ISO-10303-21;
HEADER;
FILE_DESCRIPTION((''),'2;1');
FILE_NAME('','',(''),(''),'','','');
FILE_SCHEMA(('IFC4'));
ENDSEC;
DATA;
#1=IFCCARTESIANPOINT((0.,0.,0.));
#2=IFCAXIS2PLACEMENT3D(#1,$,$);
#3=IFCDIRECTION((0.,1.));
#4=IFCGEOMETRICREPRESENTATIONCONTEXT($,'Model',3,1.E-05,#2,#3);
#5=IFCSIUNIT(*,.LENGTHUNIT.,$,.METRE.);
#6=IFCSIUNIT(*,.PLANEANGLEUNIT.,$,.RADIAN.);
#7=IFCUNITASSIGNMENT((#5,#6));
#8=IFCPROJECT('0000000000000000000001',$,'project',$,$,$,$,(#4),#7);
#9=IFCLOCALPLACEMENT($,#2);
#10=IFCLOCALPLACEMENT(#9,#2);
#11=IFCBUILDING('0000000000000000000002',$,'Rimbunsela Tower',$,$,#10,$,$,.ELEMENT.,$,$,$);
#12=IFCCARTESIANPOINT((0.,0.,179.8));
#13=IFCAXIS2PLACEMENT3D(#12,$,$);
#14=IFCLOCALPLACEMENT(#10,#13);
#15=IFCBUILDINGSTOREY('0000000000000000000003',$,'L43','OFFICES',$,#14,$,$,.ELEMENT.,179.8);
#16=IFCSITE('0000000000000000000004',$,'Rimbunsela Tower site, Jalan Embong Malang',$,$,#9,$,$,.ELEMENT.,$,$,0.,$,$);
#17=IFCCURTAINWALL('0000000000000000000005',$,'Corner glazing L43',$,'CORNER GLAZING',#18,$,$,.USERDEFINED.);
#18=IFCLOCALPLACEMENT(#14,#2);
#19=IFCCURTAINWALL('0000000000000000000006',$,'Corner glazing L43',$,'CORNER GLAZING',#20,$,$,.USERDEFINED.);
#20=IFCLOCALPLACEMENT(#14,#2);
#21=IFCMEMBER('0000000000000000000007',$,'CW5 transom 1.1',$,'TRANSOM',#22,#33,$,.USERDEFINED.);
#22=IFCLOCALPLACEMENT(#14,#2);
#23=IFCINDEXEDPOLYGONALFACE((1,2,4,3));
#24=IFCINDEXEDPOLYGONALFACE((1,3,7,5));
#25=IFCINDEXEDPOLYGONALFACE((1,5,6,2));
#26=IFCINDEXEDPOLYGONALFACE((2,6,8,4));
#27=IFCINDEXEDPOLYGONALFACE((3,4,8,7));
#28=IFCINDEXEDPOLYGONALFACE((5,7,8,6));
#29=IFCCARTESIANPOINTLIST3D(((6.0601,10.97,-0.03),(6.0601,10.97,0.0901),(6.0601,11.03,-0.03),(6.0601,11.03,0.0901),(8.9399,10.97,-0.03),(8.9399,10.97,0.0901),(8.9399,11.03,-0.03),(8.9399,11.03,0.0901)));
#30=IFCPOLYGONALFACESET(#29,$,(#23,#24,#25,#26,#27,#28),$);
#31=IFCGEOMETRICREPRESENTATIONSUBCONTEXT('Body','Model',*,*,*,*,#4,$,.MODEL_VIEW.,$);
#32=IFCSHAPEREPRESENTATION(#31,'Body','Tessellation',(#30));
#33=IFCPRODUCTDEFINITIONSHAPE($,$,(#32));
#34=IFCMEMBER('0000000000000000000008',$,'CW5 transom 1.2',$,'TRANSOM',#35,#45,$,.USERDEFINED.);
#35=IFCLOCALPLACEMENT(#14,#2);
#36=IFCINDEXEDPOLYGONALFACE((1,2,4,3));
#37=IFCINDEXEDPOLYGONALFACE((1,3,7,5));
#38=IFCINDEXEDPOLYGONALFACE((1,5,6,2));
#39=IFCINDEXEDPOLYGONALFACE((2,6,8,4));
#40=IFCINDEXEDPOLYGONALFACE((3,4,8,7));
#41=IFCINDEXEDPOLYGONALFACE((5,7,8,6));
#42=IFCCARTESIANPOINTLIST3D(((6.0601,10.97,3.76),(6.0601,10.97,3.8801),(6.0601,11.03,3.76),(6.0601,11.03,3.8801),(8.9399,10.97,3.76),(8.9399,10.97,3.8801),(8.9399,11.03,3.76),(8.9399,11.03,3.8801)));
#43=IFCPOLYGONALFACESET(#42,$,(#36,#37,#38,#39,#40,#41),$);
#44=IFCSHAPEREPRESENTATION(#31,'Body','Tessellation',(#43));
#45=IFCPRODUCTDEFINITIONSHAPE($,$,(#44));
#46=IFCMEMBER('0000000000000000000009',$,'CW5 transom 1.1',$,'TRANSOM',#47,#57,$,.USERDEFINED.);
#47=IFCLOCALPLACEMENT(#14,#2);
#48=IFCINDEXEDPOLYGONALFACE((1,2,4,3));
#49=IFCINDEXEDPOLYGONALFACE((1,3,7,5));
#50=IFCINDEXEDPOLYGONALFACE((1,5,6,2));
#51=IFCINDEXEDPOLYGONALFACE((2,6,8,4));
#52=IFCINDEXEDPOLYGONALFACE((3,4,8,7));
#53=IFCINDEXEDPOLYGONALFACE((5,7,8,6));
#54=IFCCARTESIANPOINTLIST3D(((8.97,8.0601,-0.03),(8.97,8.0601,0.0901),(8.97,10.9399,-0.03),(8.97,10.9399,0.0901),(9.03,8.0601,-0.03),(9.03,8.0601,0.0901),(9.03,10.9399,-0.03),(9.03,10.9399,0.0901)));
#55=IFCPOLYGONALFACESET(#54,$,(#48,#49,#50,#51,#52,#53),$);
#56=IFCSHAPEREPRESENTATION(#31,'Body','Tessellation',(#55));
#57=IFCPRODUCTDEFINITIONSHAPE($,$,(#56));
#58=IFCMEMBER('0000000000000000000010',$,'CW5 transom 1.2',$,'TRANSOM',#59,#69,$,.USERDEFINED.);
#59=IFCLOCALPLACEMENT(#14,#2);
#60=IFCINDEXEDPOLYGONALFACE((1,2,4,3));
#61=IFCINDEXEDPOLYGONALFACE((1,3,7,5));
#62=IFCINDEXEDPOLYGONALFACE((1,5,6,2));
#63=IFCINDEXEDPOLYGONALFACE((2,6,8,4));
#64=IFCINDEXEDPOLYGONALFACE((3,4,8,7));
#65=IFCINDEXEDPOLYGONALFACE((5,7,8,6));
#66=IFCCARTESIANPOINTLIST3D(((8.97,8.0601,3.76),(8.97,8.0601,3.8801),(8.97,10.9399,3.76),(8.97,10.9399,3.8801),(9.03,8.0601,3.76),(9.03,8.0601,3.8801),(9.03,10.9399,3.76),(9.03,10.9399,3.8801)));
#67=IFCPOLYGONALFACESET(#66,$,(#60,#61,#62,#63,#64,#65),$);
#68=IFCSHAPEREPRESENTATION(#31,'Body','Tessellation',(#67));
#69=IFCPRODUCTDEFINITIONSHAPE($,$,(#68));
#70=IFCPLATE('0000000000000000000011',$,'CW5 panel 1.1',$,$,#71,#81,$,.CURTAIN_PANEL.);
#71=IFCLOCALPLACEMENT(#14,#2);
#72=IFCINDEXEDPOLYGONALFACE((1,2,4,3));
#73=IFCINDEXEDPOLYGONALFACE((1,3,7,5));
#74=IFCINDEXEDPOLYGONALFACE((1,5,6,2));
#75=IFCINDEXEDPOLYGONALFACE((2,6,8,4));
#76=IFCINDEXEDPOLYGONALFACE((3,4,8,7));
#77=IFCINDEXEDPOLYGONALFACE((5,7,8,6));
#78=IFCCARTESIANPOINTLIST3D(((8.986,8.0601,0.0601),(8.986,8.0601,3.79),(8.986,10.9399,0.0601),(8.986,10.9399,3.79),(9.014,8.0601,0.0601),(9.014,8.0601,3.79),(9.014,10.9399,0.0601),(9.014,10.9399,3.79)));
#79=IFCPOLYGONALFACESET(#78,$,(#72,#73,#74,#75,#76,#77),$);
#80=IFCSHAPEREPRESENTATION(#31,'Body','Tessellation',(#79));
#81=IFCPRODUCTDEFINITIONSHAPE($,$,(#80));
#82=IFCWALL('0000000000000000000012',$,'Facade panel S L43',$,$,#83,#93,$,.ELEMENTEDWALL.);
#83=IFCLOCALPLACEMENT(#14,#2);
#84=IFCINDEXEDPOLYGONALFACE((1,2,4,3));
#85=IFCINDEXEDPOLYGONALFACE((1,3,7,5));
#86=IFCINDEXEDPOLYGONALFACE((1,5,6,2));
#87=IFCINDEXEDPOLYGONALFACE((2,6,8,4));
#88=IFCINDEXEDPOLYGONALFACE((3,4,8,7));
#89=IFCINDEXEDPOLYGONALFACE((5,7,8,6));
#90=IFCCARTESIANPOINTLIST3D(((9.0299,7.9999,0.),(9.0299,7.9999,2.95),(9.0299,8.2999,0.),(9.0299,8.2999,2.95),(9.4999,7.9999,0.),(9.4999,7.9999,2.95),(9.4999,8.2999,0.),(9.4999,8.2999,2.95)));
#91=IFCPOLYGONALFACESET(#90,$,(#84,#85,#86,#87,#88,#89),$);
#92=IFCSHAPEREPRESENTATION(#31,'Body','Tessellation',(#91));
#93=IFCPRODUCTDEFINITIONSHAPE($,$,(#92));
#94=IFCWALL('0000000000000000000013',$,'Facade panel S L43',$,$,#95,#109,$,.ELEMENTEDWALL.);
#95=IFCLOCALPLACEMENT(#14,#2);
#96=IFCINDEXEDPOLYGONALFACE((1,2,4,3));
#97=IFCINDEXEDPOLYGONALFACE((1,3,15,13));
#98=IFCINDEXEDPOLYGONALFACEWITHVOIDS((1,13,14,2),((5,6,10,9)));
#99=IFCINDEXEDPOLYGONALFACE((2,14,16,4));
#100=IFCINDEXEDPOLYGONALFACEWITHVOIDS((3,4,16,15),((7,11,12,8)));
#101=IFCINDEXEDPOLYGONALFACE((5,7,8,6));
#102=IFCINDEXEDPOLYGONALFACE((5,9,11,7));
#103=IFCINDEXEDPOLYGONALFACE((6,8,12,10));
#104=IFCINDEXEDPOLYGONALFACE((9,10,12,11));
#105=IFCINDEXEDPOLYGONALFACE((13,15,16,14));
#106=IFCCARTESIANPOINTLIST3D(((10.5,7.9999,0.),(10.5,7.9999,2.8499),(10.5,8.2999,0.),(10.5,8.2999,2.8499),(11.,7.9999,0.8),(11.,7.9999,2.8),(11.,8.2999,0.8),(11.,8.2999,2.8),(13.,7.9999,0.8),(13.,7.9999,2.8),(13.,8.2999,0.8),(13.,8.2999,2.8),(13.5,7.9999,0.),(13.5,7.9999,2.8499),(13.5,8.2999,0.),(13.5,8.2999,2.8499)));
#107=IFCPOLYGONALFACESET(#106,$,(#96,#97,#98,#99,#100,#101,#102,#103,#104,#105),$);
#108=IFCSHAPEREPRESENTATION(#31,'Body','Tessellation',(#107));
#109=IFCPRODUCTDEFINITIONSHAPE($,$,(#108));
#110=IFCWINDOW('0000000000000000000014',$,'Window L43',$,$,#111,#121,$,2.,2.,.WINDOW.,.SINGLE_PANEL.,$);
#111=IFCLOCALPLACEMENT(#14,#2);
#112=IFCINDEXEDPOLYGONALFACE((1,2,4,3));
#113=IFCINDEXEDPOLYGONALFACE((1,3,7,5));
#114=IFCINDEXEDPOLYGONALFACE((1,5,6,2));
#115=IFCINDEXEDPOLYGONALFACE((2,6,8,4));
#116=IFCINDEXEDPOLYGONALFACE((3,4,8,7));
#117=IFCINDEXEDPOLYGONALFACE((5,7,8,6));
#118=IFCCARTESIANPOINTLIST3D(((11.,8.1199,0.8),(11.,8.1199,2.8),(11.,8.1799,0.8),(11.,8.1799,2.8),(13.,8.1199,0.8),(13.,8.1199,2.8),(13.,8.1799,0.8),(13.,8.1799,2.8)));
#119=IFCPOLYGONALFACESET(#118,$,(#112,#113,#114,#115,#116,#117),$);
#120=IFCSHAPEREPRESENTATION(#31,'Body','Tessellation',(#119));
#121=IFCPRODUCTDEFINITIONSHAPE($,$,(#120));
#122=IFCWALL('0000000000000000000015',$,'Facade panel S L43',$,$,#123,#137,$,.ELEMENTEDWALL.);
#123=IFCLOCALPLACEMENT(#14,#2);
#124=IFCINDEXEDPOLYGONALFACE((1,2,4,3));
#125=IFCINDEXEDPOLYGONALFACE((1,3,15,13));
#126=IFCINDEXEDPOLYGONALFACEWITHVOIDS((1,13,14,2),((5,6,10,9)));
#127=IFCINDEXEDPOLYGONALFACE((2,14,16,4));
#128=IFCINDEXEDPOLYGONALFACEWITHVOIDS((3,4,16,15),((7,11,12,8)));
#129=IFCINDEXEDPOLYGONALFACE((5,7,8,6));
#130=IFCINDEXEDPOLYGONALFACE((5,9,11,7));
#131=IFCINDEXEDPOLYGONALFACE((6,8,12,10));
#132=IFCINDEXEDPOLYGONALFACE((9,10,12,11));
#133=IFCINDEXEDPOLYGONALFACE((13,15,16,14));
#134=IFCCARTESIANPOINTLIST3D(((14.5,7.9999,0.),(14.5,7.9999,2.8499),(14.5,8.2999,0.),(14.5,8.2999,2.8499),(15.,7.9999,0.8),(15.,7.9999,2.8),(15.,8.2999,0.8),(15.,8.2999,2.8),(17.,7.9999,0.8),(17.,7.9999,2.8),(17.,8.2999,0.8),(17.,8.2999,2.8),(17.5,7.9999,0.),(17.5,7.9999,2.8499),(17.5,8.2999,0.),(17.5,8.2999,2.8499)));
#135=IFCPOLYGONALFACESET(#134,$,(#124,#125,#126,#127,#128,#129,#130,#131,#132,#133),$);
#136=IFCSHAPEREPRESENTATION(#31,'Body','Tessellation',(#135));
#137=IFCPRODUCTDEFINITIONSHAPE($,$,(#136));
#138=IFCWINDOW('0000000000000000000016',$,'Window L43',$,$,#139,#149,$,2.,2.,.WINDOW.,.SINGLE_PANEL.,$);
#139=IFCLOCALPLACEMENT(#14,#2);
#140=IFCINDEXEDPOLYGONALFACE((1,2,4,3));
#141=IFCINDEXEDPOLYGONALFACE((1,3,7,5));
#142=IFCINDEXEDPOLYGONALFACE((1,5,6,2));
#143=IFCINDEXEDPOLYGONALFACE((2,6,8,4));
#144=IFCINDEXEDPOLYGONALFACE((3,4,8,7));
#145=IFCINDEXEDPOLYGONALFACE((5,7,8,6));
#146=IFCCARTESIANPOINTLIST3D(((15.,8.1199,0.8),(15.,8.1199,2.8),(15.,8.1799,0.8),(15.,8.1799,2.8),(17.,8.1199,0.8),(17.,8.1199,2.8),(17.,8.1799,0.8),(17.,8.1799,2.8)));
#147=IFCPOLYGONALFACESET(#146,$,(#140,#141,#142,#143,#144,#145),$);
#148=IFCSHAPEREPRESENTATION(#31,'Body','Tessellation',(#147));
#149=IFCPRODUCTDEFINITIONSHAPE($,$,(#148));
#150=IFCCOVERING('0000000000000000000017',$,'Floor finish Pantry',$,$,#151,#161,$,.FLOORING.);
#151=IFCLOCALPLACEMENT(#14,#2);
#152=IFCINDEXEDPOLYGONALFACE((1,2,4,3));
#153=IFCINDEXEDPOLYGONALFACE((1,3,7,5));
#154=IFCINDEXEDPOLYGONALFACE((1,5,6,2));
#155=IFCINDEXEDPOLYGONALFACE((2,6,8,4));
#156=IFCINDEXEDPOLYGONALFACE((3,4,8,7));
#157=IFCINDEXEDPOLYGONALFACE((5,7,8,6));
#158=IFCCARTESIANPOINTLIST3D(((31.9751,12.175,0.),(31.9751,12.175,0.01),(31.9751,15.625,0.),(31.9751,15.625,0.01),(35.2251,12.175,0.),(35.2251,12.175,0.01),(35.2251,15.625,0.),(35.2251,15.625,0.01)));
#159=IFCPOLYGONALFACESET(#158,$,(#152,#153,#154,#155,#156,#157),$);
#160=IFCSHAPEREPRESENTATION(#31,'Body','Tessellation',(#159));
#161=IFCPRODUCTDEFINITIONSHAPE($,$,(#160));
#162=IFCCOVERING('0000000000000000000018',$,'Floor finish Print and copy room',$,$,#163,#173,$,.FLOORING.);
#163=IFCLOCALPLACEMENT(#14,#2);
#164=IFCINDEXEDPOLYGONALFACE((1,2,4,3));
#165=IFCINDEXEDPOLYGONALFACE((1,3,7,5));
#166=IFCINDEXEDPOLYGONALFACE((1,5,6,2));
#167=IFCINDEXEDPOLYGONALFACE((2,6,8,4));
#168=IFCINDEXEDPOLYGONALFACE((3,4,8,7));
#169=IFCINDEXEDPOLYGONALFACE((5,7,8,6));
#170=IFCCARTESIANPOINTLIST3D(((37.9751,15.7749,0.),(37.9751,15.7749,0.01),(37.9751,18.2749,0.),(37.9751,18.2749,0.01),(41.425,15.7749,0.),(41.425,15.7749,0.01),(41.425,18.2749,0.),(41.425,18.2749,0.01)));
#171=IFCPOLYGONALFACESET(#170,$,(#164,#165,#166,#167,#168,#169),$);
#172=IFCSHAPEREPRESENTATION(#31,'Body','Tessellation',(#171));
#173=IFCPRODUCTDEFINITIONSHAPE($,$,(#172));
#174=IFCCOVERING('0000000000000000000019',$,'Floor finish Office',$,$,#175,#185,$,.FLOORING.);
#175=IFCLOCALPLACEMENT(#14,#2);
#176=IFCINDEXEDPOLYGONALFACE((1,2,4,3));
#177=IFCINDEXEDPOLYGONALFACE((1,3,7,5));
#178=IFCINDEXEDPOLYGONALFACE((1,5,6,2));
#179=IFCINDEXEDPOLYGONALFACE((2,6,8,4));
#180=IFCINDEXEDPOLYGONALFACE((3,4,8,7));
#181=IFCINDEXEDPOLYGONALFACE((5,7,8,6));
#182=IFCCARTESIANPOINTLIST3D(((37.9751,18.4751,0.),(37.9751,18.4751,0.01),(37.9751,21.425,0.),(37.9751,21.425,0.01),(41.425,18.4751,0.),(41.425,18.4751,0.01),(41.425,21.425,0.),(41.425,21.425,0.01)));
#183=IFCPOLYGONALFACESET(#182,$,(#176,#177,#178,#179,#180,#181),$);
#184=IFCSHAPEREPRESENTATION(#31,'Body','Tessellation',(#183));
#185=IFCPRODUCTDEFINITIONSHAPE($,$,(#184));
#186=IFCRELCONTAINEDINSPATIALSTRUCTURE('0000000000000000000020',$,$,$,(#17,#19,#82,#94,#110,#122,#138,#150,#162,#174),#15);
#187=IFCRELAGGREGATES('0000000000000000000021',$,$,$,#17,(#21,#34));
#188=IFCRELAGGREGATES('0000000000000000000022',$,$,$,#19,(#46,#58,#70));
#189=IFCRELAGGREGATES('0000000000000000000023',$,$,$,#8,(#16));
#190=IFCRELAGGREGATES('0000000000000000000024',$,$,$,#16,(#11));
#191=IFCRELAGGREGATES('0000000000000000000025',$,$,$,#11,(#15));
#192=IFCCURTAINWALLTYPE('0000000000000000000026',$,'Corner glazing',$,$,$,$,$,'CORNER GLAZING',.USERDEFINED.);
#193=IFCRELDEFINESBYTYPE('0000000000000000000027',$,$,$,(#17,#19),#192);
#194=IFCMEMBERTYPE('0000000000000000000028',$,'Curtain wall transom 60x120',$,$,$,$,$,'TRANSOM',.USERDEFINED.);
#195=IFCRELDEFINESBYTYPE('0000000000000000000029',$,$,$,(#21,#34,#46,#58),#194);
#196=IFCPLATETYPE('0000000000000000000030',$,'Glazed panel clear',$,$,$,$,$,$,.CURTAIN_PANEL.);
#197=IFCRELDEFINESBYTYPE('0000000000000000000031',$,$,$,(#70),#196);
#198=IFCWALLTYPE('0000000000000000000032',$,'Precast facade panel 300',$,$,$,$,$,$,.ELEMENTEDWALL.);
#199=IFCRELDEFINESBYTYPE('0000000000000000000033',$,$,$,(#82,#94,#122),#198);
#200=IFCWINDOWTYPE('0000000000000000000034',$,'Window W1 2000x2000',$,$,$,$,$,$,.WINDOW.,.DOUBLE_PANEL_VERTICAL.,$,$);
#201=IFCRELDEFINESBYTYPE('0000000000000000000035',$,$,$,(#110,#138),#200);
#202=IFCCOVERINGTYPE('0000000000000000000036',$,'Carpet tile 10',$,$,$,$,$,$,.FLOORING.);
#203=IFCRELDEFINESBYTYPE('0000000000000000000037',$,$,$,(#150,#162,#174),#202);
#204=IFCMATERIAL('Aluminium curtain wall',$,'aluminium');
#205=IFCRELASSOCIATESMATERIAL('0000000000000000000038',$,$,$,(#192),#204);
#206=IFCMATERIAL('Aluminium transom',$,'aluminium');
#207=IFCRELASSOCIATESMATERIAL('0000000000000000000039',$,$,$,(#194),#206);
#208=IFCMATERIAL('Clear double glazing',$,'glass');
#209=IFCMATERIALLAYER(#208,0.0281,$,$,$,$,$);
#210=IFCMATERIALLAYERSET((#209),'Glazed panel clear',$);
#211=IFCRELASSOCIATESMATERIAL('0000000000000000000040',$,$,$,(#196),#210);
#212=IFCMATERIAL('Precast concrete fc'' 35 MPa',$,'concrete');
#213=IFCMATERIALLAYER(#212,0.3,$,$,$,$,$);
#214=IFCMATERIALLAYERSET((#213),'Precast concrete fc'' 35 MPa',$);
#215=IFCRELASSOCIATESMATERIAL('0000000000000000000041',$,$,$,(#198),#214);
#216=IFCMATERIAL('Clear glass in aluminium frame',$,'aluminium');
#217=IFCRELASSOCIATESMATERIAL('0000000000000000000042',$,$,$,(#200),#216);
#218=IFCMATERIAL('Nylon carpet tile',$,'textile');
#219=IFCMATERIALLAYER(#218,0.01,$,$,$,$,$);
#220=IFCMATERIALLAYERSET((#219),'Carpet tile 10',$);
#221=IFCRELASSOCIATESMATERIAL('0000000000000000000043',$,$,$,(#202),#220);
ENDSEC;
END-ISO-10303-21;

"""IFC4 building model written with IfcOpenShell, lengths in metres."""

from ifc_helpers import new_model, si_unit, direction, frame, frame_2d, origin, origin_2d, place, context, subcontext, project, spatial, polyline, rectangle, outline, extrude, material, layer, layer_set, material_profile, profile_set, type_object, element, fill, aggregate, save


model = new_model("IFC4")

# Units and contexts
model_context = context("Model", 3, precision=1e-05, world=origin(), true_north=direction((0.0, 1.0)))
body_context = subcontext(model_context, "Body", "Model", "MODEL_VIEW")
ifc_project = project(units=[si_unit("LENGTHUNIT", "METRE"), si_unit("PLANEANGLEUNIT", "RADIAN")], contexts=[model_context])

# Site, building, storey
site_placement = place(None, origin())
site = spatial("IfcSite", under=ifc_project, at=site_placement, Name="Rimbunsela Tower site, Jalan Embong Malang", CompositionType="ELEMENT", RefElevation=0.0)
building_placement = place(site_placement, origin())
building = spatial("IfcBuilding", under=site, at=building_placement, Name="Rimbunsela Tower", CompositionType="ELEMENT")
storey_placement = place(building_placement, frame((0.0, 0.0, 179.8)))
storey = spatial("IfcBuildingStorey", under=building, at=storey_placement, Name="L43", Description="OFFICES", CompositionType="ELEMENT", Elevation=179.8)

# Curtain wall
ifc_material_1 = material(Name="Aluminium curtain wall", Category="aluminium")
curtain_wall_type = type_object("IfcCurtainWallType", Name="Corner glazing", ElementType="CORNER GLAZING", PredefinedType="USERDEFINED", material=ifc_material_1)
curtain_wall_1_placement = place(storey_placement, origin())
curtain_wall_1 = element("IfcCurtainWall", 1, at=curtain_wall_1_placement, inside=storey, type_object=curtain_wall_type, Name="Corner glazing L43", ObjectType="CORNER GLAZING", PredefinedType="USERDEFINED")

# Curtain wall
curtain_wall_2_placement = place(storey_placement, origin())
curtain_wall_2 = element("IfcCurtainWall", 2, at=curtain_wall_2_placement, inside=storey, type_object=curtain_wall_type, Name="Corner glazing L43", ObjectType="CORNER GLAZING", PredefinedType="USERDEFINED")

# Members
ifc_material_2 = material(Name="Aluminium transom", Category="aluminium")
ifc_material_profile_1 = material_profile(ifc_material_2, rectangle(XDim=0.0601, YDim=0.1201, at=origin_2d()), Name="Transom 60x120")
ifc_profile_set_1 = profile_set([ifc_material_profile_1], Name="Aluminium transom")
member_type_1 = type_object("IfcMemberType", Name="Curtain wall transom 60x120", ElementType="TRANSOM", PredefinedType="USERDEFINED", material=ifc_profile_set_1)
member_1_placement = place(storey_placement, frame((6.0601, 11.0, 0.03), z_axis=(1.0, 0.0, 0.0), x_axis=(0.0, 1.0, 0.0)))
member_1 = element("IfcMember", 3, at=member_1_placement, type_object=member_type_1, Name="CW5 transom 1.1", ObjectType="TRANSOM", PredefinedType="USERDEFINED", context=body_context, shape_type="SweptSolid", body=[
    extrude(rectangle(XDim=0.0601, YDim=0.1201, at=origin_2d()), origin(), (0.0, 0.0, 1.0), 2.8799),
])
member_2_placement = place(storey_placement, frame((6.0601, 11.0, 3.8201), z_axis=(1.0, 0.0, 0.0), x_axis=(0.0, 1.0, 0.0)))
member_2 = element("IfcMember", 4, at=member_2_placement, type_object=member_type_1, Name="CW5 transom 1.2", ObjectType="TRANSOM", PredefinedType="USERDEFINED", context=body_context, shape_type="SweptSolid", body=[
    extrude(rectangle(XDim=0.0601, YDim=0.1201, at=origin_2d()), origin(), (0.0, 0.0, 1.0), 2.8799),
])
aggregate(curtain_wall_1, [member_1, member_2])
member_3_placement = place(storey_placement, frame((9.0, 10.9399, 0.03), z_axis=(0.0, -1.0, 0.0), x_axis=(1.0, 0.0, 0.0)))
member_3 = element("IfcMember", 5, at=member_3_placement, type_object=member_type_1, Name="CW5 transom 1.1", ObjectType="TRANSOM", PredefinedType="USERDEFINED", context=body_context, shape_type="SweptSolid", body=[
    extrude(rectangle(XDim=0.0601, YDim=0.1201, at=origin_2d()), origin(), (0.0, 0.0, 1.0), 2.8799),
])
member_4_placement = place(storey_placement, frame((9.0, 10.9399, 3.8201), z_axis=(0.0, -1.0, 0.0), x_axis=(1.0, 0.0, 0.0)))
member_4 = element("IfcMember", 6, at=member_4_placement, type_object=member_type_1, Name="CW5 transom 1.2", ObjectType="TRANSOM", PredefinedType="USERDEFINED", context=body_context, shape_type="SweptSolid", body=[
    extrude(rectangle(XDim=0.0601, YDim=0.1201, at=origin_2d()), origin(), (0.0, 0.0, 1.0), 2.8799),
])

# Plate
ifc_material_3 = material(Name="Clear double glazing", Category="glass")
ifc_layer_1 = layer(ifc_material_3, 0.0281)
ifc_layer_set_1 = layer_set([ifc_layer_1], Name="Glazed panel clear")
plate_type = type_object("IfcPlateType", Name="Glazed panel clear", PredefinedType="CURTAIN_PANEL", material=ifc_layer_set_1)
plate_placement = place(storey_placement, frame((9.0, 9.5, 0.0601), z_axis=(0.0, 0.0, 1.0), x_axis=(0.0, -1.0, 0.0)))
plate = element("IfcPlate", 7, at=plate_placement, type_object=plate_type, Name="CW5 panel 1.1", PredefinedType="CURTAIN_PANEL", context=body_context, shape_type="SweptSolid", body=[
    extrude(rectangle(XDim=2.8799, YDim=0.0281, at=origin_2d()), origin(), (0.0, 0.0, 1.0), 3.73),
])
aggregate(curtain_wall_2, [member_3, member_4, plate])

# Wall
ifc_material_4 = material(Name="Precast concrete fc' 35 MPa", Category="concrete")
ifc_layer_2 = layer(ifc_material_4, 0.3)
ifc_layer_set_2 = layer_set([ifc_layer_2], Name="Precast concrete fc' 35 MPa")
wall_type = type_object("IfcWallType", Name="Precast facade panel 300", PredefinedType="ELEMENTEDWALL", material=ifc_layer_set_2)
wall_1_placement = place(storey_placement, frame((9.03, 8.1499, 0.0), z_axis=(0.0, 0.0, 1.0), x_axis=(1.0, 0.0, 0.0)))
element("IfcWall", 8, at=wall_1_placement, inside=storey, type_object=wall_type, Name="Facade panel S L43", PredefinedType="ELEMENTEDWALL", context=body_context, shape_type="SweptSolid", body=[
    extrude(rectangle(XDim=0.47, YDim=0.3, at=frame_2d((0.2349, 0.0))), origin(), (0.0, 0.0, 1.0), 2.95),
])

# Walls, openings, windows
wall_2_placement = place(storey_placement, frame((10.5, 8.1499, 0.0), z_axis=(0.0, 0.0, 1.0), x_axis=(1.0, 0.0, 0.0)))
wall_2 = element("IfcWall", 9, at=wall_2_placement, inside=storey, type_object=wall_type, Name="Facade panel S L43", PredefinedType="ELEMENTEDWALL", context=body_context, shape_type="SweptSolid", body=[
    extrude(rectangle(XDim=3.0, YDim=0.3, at=frame_2d((1.5, 0.0))), origin(), (0.0, 0.0, 1.0), 2.8499),
])
opening_1_placement = place(wall_2_placement, frame((0.5, 0.0, 0.8)))
opening_1 = element("IfcOpeningElement", 10, at=opening_1_placement, cuts=wall_2, PredefinedType="OPENING", context=body_context, shape_type="SweptSolid", body=[
    extrude(rectangle(XDim=2.0, YDim=2.0, at=frame_2d((1.0, 1.0))), frame((0.0, 0.1599, 0.0), z_axis=(0.0, -1.0, 0.0), x_axis=(1.0, 0.0, 0.0)), (0.0, 0.0, 1.0), 0.3201),
])
ifc_material_5 = material(Name="Clear glass in aluminium frame", Category="aluminium")
window_type = type_object("IfcWindowType", Name="Window W1 2000x2000", PartitioningType="DOUBLE_PANEL_VERTICAL", PredefinedType="WINDOW", material=ifc_material_5)
window_1_placement = place(opening_1_placement, origin())
window_1 = element("IfcWindow", 11, at=window_1_placement, inside=storey, type_object=window_type, Name="Window L43", OverallHeight=2.0, OverallWidth=2.0, PartitioningType="SINGLE_PANEL", PredefinedType="WINDOW", context=body_context, shape_type="SweptSolid", body=[
    extrude(rectangle(XDim=2.0, YDim=2.0, at=frame_2d((1.0, 1.0))), frame((0.0, 0.03, 0.0), z_axis=(0.0, -1.0, 0.0), x_axis=(1.0, 0.0, 0.0)), (0.0, 0.0, 1.0), 0.0601),
])
fill(opening_1, window_1)
wall_3_placement = place(storey_placement, frame((14.5, 8.1499, 0.0), z_axis=(0.0, 0.0, 1.0), x_axis=(1.0, 0.0, 0.0)))
wall_3 = element("IfcWall", 12, at=wall_3_placement, inside=storey, type_object=wall_type, Name="Facade panel S L43", PredefinedType="ELEMENTEDWALL", context=body_context, shape_type="SweptSolid", body=[
    extrude(rectangle(XDim=3.0, YDim=0.3, at=frame_2d((1.5, 0.0))), origin(), (0.0, 0.0, 1.0), 2.8499),
])
opening_2_placement = place(wall_3_placement, frame((0.5, 0.0, 0.8)))
opening_2 = element("IfcOpeningElement", 13, at=opening_2_placement, cuts=wall_3, PredefinedType="OPENING", context=body_context, shape_type="SweptSolid", body=[
    extrude(rectangle(XDim=2.0, YDim=2.0, at=frame_2d((1.0, 1.0))), frame((0.0, 0.1599, 0.0), z_axis=(0.0, -1.0, 0.0), x_axis=(1.0, 0.0, 0.0)), (0.0, 0.0, 1.0), 0.3201),
])
window_2_placement = place(opening_2_placement, origin())
window_2 = element("IfcWindow", 14, at=window_2_placement, inside=storey, type_object=window_type, Name="Window L43", OverallHeight=2.0, OverallWidth=2.0, PartitioningType="SINGLE_PANEL", PredefinedType="WINDOW", context=body_context, shape_type="SweptSolid", body=[
    extrude(rectangle(XDim=2.0, YDim=2.0, at=frame_2d((1.0, 1.0))), frame((0.0, 0.03, 0.0), z_axis=(0.0, -1.0, 0.0), x_axis=(1.0, 0.0, 0.0)), (0.0, 0.0, 1.0), 0.0601),
])
fill(opening_2, window_2)

# Coverings
ifc_material_6 = material(Name="Nylon carpet tile", Category="textile")
ifc_layer_3 = layer(ifc_material_6, 0.01)
ifc_layer_set_3 = layer_set([ifc_layer_3], Name="Carpet tile 10")
covering_type_1 = type_object("IfcCoveringType", Name="Carpet tile 10", PredefinedType="FLOORING", material=ifc_layer_set_3)
covering_1_placement = place(storey_placement, origin())
element("IfcCovering", 15, at=covering_1_placement, inside=storey, type_object=covering_type_1, Name="Floor finish Pantry", PredefinedType="FLOORING", context=body_context, shape_type="SweptSolid", body=[
    extrude(outline(polyline([(35.2251, 12.175), (35.2251, 15.625), (31.9751, 15.625), (31.9751, 12.175), (35.2251, 12.175)])), origin(), (0.0, 0.0, 1.0), 0.01),
])
covering_2_placement = place(storey_placement, origin())
element("IfcCovering", 16, at=covering_2_placement, inside=storey, type_object=covering_type_1, Name="Floor finish Print and copy room", PredefinedType="FLOORING", context=body_context, shape_type="SweptSolid", body=[
    extrude(outline(polyline([(41.425, 15.7749), (41.425, 18.2749), (37.9751, 18.2749), (37.9751, 15.7749), (41.425, 15.7749)])), origin(), (0.0, 0.0, 1.0), 0.01),
])
covering_3_placement = place(storey_placement, origin())
element("IfcCovering", 17, at=covering_3_placement, inside=storey, type_object=covering_type_1, Name="Floor finish Office", PredefinedType="FLOORING", context=body_context, shape_type="SweptSolid", body=[
    extrude(outline(polyline([(41.425, 18.4751), (41.425, 21.425), (37.9751, 21.425), (37.9751, 18.4751), (41.425, 18.4751)])), origin(), (0.0, 0.0, 1.0), 0.01),
])

save(model, "model.ifc")
